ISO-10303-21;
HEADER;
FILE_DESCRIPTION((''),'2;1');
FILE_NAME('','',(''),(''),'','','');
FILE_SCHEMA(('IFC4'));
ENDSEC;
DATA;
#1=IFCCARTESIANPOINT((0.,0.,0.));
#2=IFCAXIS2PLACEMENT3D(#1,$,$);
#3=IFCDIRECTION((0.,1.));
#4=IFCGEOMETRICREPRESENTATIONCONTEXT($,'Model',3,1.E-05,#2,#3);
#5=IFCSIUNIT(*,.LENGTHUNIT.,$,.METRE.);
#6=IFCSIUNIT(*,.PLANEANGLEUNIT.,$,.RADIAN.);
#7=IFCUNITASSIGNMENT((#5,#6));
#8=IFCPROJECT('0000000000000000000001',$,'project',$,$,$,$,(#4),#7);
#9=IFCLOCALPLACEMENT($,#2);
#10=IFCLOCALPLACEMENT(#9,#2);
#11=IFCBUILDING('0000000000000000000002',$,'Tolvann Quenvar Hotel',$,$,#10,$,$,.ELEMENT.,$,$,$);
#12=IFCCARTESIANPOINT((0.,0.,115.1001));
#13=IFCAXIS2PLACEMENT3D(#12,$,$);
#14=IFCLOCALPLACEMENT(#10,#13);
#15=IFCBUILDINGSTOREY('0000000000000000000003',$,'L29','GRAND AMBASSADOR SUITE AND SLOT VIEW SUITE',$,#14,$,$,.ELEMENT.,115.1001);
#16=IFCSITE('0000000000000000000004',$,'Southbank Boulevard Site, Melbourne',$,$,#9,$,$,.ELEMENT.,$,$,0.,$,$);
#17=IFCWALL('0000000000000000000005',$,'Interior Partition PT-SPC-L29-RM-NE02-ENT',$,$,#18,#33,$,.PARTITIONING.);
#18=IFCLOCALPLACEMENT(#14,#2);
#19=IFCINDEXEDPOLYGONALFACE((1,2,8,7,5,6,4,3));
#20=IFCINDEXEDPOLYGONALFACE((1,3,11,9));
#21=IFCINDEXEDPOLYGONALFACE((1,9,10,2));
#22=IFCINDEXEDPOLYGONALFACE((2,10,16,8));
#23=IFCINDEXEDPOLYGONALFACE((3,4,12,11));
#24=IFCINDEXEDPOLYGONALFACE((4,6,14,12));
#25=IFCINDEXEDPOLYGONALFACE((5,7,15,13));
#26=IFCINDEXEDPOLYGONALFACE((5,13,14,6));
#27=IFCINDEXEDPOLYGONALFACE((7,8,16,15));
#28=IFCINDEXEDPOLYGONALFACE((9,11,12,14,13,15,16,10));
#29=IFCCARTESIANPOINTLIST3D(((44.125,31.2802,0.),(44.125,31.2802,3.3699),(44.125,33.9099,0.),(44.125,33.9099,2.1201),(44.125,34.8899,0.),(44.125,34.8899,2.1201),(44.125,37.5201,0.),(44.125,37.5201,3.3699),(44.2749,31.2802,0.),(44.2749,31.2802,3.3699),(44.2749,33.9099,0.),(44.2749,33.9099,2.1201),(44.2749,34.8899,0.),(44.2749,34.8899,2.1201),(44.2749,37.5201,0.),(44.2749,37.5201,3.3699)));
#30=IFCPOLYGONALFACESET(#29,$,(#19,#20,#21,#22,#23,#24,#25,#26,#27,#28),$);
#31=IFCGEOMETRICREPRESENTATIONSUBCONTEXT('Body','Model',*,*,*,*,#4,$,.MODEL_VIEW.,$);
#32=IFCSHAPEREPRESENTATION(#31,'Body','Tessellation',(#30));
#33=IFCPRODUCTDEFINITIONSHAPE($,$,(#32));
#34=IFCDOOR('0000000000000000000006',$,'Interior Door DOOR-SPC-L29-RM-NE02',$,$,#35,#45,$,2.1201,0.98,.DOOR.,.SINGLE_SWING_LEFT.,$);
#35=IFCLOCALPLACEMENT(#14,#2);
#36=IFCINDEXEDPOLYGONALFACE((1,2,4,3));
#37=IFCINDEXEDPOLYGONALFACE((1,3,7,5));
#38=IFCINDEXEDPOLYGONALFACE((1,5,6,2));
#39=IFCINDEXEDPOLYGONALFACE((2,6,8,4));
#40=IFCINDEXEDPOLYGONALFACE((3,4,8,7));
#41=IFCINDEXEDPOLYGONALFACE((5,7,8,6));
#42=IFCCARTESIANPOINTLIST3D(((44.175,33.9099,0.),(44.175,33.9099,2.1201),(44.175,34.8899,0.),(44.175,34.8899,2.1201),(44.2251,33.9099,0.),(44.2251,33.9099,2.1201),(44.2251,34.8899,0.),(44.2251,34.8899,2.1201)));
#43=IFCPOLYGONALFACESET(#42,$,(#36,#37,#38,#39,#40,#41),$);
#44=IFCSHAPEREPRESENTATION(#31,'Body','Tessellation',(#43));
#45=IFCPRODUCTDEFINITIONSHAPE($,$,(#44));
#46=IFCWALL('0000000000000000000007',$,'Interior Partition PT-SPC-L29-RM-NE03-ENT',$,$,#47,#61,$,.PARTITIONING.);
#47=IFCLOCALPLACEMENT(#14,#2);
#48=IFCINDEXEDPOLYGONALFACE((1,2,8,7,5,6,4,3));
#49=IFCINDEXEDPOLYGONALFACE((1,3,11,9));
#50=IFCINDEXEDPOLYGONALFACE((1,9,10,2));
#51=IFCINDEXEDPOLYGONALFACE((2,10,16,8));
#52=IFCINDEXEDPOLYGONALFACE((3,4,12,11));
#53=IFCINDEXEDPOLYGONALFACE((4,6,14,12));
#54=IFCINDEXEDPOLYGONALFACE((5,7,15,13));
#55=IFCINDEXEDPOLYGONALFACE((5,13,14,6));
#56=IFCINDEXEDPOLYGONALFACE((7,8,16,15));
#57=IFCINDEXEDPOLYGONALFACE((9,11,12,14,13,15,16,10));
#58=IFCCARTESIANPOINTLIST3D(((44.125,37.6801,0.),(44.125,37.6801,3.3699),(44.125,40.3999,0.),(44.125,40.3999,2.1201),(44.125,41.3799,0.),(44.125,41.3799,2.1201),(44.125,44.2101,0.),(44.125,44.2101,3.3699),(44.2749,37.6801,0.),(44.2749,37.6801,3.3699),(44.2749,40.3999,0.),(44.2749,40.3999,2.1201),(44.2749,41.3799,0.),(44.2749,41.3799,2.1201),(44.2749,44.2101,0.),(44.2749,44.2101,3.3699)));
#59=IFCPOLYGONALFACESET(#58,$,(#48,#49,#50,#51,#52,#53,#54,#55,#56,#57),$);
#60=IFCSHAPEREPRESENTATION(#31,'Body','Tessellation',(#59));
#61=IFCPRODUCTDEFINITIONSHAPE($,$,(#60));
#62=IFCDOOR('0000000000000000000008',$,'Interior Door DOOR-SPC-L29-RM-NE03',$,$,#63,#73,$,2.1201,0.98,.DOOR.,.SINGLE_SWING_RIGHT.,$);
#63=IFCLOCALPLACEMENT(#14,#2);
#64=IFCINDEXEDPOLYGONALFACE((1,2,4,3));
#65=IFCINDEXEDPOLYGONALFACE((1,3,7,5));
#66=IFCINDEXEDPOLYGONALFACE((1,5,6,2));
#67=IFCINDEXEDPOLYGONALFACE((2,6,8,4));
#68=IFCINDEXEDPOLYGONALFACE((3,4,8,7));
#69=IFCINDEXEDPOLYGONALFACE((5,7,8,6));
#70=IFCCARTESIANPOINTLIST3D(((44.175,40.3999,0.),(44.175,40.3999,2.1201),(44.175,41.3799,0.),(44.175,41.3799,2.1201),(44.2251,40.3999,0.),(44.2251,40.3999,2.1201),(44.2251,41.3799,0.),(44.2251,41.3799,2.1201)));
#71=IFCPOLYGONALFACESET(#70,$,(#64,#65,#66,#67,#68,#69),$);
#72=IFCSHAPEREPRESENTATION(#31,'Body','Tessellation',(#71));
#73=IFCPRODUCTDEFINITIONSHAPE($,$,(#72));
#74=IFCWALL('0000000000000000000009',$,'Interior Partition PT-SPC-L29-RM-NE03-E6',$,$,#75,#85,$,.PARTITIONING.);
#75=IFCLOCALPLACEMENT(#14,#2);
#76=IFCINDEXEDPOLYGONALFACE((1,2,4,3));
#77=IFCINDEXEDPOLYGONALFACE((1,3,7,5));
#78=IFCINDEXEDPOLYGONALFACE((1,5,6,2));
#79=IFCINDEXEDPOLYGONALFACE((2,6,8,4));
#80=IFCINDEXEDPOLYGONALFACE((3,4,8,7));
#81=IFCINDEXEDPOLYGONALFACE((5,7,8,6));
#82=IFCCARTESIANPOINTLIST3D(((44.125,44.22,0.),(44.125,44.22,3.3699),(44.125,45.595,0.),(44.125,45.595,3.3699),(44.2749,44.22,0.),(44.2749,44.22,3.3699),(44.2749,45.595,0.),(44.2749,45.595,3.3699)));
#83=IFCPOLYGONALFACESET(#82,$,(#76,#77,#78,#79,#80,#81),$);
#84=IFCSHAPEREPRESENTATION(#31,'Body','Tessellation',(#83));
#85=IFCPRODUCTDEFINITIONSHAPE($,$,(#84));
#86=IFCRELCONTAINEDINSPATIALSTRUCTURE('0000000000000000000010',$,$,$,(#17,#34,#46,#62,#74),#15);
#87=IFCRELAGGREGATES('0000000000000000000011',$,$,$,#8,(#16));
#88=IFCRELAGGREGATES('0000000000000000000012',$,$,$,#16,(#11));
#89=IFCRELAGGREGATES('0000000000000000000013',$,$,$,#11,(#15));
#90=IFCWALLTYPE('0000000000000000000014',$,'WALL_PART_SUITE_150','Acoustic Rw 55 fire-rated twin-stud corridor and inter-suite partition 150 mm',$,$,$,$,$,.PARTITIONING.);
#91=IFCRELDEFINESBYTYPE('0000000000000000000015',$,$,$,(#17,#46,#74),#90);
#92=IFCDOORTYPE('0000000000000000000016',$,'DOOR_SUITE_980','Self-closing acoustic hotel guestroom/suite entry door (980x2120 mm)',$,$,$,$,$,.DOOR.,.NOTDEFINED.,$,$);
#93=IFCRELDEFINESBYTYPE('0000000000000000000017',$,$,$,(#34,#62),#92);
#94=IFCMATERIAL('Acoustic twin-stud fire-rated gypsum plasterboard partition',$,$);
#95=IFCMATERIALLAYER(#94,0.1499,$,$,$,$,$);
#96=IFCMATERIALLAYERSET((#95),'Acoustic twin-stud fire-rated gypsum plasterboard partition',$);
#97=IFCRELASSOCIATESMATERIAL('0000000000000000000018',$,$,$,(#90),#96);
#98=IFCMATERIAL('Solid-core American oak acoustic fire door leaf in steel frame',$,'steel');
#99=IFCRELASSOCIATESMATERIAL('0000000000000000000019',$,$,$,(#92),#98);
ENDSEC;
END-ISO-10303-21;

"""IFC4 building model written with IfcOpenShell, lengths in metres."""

from ifc_helpers import new_model, si_unit, direction, frame, frame_2d, origin, place, context, subcontext, project, spatial, rectangle, extrude, source, transform, mapped, material, layer, layer_set, type_object, type_shapes, element, fill, save


model = new_model("IFC4")

# Units and contexts
model_context = context("Model", 3, precision=1e-05, world=origin(), true_north=direction((0.0, 1.0)))
body_context = subcontext(model_context, "Body", "Model", "MODEL_VIEW")
ifc_project = project(units=[si_unit("LENGTHUNIT", "METRE"), si_unit("PLANEANGLEUNIT", "RADIAN")], contexts=[model_context])

# Site, building, storey
site_placement = place(None, origin())
site = spatial("IfcSite", under=ifc_project, at=site_placement, Name="Southbank Boulevard Site, Melbourne", CompositionType="ELEMENT", RefElevation=0.0)
building_placement = place(site_placement, origin())
building = spatial("IfcBuilding", under=site, at=building_placement, Name="Tolvann Quenvar Hotel", CompositionType="ELEMENT")
storey_placement = place(building_placement, frame((0.0, 0.0, 115.1001)))
storey = spatial("IfcBuildingStorey", under=building, at=storey_placement, Name="L29", Description="GRAND AMBASSADOR SUITE AND SLOT VIEW SUITE", CompositionType="ELEMENT", Elevation=115.1001)

# Shared definitions
ifc_material_1 = material(Name="Acoustic twin-stud fire-rated gypsum plasterboard partition")
ifc_layer_1 = layer(ifc_material_1, 0.1499)
ifc_layer_set_1 = layer_set([ifc_layer_1], Name="Acoustic twin-stud fire-rated gypsum plasterboard partition")
wall_type_1 = type_object("IfcWallType", Name="WALL_PART_SUITE_150", Description="Acoustic Rw 55 fire-rated twin-stud corridor and inter-suite partition 150 mm", PredefinedType="PARTITIONING", material=ifc_layer_set_1)

# Walls, openings, doors
wall_1_placement = place(storey_placement, frame((44.2, 31.28, 0.0), z_axis=(0.0, 0.0, 1.0), x_axis=(0.0, 1.0, 0.0)))
wall_1 = element("IfcWall", 1, at=wall_1_placement, inside=storey, type_object=wall_type_1, Name="Interior Partition PT-SPC-L29-RM-NE02-ENT", PredefinedType="PARTITIONING", context=body_context, shape_type="SweptSolid", body=[
    extrude(rectangle(XDim=6.24, YDim=0.1499, at=frame_2d((3.1201, 0.0))), origin(), (0.0, 0.0, 1.0), 3.3699),
])
opening_1_placement = place(wall_1_placement, frame((2.6299, 0.0, 0.0)))
opening_1 = element("IfcOpeningElement", 2, at=opening_1_placement, cuts=wall_1, PredefinedType="OPENING", context=body_context, shape_type="SweptSolid", body=[
    extrude(rectangle(XDim=0.98, YDim=2.1201, at=frame_2d((0.49, 1.0601))), frame((0.0, 0.085, 0.0), z_axis=(0.0, -1.0, 0.0), x_axis=(1.0, 0.0, 0.0)), (0.0, 0.0, 1.0), 0.1699),
])
ifc_material_2 = material(Name="Solid-core American oak acoustic fire door leaf in steel frame", Category="steel")
door_type = type_object("IfcDoorType", Name="DOOR_SUITE_980", Description="Self-closing acoustic hotel guestroom/suite entry door (980x2120 mm)", OperationType="NOTDEFINED", PredefinedType="DOOR", material=ifc_material_2)
shared_shape_1 = source(origin(), body_context, "Body", "SweptSolid", [
    extrude(rectangle(XDim=0.98, YDim=2.1201, at=frame_2d((0.49, 1.0601))), frame((0.0, 0.0249, 0.0), z_axis=(0.0, -1.0, 0.0), x_axis=(1.0, 0.0, 0.0)), (0.0, 0.0, 1.0), 0.05),
])
type_shapes(door_type, [shared_shape_1])
door_1_placement = place(opening_1_placement, origin())
door_1 = element("IfcDoor", 3, at=door_1_placement, inside=storey, type_object=door_type, Name="Interior Door DOOR-SPC-L29-RM-NE02", OperationType="SINGLE_SWING_LEFT", OverallHeight=2.1201, OverallWidth=0.98, PredefinedType="DOOR", context=body_context, shape_type="MappedRepresentation", body=[
    mapped(shared_shape_1, transform((0.0, 0.0, 0.0), x_axis=(1.0, 0.0, 0.0), y_axis=(0.0, 1.0, 0.0), z_axis=(0.0, 0.0, 1.0), scale=1.0)),
])
fill(opening_1, door_1)
wall_2_placement = place(storey_placement, frame((44.2, 37.6799, 0.0), z_axis=(0.0, 0.0, 1.0), x_axis=(0.0, 1.0, 0.0)))
wall_2 = element("IfcWall", 4, at=wall_2_placement, inside=storey, type_object=wall_type_1, Name="Interior Partition PT-SPC-L29-RM-NE03-ENT", PredefinedType="PARTITIONING", context=body_context, shape_type="SweptSolid", body=[
    extrude(rectangle(XDim=6.53, YDim=0.1499, at=frame_2d((3.2651, 0.0))), origin(), (0.0, 0.0, 1.0), 3.3699),
])
opening_2_placement = place(wall_2_placement, frame((2.72, 0.0, 0.0)))
opening_2 = element("IfcOpeningElement", 5, at=opening_2_placement, cuts=wall_2, PredefinedType="OPENING", context=body_context, shape_type="SweptSolid", body=[
    extrude(rectangle(XDim=0.98, YDim=2.1201, at=frame_2d((0.49, 1.0601))), frame((0.0, 0.085, 0.0), z_axis=(0.0, -1.0, 0.0), x_axis=(1.0, 0.0, 0.0)), (0.0, 0.0, 1.0), 0.1699),
])
door_2_placement = place(opening_2_placement, origin())
door_2 = element("IfcDoor", 6, at=door_2_placement, inside=storey, type_object=door_type, Name="Interior Door DOOR-SPC-L29-RM-NE03", OperationType="SINGLE_SWING_RIGHT", OverallHeight=2.1201, OverallWidth=0.98, PredefinedType="DOOR", context=body_context, shape_type="MappedRepresentation", body=[
    mapped(shared_shape_1, transform((0.0, 0.0, 0.0), x_axis=(1.0, 0.0, 0.0), y_axis=(0.0, 1.0, 0.0), z_axis=(0.0, 0.0, 1.0), scale=1.0)),
])
fill(opening_2, door_2)

# Wall
wall_3_placement = place(storey_placement, frame((44.2, 44.22, 0.0), z_axis=(0.0, 0.0, 1.0), x_axis=(0.0, 1.0, 0.0)))
element("IfcWall", 7, at=wall_3_placement, inside=storey, type_object=wall_type_1, Name="Interior Partition PT-SPC-L29-RM-NE03-E6", PredefinedType="PARTITIONING", context=body_context, shape_type="SweptSolid", body=[
    extrude(rectangle(XDim=1.375, YDim=0.1499, at=frame_2d((0.6875, 0.0))), origin(), (0.0, 0.0, 1.0), 3.3699),
])

save(model, "model.ifc")
